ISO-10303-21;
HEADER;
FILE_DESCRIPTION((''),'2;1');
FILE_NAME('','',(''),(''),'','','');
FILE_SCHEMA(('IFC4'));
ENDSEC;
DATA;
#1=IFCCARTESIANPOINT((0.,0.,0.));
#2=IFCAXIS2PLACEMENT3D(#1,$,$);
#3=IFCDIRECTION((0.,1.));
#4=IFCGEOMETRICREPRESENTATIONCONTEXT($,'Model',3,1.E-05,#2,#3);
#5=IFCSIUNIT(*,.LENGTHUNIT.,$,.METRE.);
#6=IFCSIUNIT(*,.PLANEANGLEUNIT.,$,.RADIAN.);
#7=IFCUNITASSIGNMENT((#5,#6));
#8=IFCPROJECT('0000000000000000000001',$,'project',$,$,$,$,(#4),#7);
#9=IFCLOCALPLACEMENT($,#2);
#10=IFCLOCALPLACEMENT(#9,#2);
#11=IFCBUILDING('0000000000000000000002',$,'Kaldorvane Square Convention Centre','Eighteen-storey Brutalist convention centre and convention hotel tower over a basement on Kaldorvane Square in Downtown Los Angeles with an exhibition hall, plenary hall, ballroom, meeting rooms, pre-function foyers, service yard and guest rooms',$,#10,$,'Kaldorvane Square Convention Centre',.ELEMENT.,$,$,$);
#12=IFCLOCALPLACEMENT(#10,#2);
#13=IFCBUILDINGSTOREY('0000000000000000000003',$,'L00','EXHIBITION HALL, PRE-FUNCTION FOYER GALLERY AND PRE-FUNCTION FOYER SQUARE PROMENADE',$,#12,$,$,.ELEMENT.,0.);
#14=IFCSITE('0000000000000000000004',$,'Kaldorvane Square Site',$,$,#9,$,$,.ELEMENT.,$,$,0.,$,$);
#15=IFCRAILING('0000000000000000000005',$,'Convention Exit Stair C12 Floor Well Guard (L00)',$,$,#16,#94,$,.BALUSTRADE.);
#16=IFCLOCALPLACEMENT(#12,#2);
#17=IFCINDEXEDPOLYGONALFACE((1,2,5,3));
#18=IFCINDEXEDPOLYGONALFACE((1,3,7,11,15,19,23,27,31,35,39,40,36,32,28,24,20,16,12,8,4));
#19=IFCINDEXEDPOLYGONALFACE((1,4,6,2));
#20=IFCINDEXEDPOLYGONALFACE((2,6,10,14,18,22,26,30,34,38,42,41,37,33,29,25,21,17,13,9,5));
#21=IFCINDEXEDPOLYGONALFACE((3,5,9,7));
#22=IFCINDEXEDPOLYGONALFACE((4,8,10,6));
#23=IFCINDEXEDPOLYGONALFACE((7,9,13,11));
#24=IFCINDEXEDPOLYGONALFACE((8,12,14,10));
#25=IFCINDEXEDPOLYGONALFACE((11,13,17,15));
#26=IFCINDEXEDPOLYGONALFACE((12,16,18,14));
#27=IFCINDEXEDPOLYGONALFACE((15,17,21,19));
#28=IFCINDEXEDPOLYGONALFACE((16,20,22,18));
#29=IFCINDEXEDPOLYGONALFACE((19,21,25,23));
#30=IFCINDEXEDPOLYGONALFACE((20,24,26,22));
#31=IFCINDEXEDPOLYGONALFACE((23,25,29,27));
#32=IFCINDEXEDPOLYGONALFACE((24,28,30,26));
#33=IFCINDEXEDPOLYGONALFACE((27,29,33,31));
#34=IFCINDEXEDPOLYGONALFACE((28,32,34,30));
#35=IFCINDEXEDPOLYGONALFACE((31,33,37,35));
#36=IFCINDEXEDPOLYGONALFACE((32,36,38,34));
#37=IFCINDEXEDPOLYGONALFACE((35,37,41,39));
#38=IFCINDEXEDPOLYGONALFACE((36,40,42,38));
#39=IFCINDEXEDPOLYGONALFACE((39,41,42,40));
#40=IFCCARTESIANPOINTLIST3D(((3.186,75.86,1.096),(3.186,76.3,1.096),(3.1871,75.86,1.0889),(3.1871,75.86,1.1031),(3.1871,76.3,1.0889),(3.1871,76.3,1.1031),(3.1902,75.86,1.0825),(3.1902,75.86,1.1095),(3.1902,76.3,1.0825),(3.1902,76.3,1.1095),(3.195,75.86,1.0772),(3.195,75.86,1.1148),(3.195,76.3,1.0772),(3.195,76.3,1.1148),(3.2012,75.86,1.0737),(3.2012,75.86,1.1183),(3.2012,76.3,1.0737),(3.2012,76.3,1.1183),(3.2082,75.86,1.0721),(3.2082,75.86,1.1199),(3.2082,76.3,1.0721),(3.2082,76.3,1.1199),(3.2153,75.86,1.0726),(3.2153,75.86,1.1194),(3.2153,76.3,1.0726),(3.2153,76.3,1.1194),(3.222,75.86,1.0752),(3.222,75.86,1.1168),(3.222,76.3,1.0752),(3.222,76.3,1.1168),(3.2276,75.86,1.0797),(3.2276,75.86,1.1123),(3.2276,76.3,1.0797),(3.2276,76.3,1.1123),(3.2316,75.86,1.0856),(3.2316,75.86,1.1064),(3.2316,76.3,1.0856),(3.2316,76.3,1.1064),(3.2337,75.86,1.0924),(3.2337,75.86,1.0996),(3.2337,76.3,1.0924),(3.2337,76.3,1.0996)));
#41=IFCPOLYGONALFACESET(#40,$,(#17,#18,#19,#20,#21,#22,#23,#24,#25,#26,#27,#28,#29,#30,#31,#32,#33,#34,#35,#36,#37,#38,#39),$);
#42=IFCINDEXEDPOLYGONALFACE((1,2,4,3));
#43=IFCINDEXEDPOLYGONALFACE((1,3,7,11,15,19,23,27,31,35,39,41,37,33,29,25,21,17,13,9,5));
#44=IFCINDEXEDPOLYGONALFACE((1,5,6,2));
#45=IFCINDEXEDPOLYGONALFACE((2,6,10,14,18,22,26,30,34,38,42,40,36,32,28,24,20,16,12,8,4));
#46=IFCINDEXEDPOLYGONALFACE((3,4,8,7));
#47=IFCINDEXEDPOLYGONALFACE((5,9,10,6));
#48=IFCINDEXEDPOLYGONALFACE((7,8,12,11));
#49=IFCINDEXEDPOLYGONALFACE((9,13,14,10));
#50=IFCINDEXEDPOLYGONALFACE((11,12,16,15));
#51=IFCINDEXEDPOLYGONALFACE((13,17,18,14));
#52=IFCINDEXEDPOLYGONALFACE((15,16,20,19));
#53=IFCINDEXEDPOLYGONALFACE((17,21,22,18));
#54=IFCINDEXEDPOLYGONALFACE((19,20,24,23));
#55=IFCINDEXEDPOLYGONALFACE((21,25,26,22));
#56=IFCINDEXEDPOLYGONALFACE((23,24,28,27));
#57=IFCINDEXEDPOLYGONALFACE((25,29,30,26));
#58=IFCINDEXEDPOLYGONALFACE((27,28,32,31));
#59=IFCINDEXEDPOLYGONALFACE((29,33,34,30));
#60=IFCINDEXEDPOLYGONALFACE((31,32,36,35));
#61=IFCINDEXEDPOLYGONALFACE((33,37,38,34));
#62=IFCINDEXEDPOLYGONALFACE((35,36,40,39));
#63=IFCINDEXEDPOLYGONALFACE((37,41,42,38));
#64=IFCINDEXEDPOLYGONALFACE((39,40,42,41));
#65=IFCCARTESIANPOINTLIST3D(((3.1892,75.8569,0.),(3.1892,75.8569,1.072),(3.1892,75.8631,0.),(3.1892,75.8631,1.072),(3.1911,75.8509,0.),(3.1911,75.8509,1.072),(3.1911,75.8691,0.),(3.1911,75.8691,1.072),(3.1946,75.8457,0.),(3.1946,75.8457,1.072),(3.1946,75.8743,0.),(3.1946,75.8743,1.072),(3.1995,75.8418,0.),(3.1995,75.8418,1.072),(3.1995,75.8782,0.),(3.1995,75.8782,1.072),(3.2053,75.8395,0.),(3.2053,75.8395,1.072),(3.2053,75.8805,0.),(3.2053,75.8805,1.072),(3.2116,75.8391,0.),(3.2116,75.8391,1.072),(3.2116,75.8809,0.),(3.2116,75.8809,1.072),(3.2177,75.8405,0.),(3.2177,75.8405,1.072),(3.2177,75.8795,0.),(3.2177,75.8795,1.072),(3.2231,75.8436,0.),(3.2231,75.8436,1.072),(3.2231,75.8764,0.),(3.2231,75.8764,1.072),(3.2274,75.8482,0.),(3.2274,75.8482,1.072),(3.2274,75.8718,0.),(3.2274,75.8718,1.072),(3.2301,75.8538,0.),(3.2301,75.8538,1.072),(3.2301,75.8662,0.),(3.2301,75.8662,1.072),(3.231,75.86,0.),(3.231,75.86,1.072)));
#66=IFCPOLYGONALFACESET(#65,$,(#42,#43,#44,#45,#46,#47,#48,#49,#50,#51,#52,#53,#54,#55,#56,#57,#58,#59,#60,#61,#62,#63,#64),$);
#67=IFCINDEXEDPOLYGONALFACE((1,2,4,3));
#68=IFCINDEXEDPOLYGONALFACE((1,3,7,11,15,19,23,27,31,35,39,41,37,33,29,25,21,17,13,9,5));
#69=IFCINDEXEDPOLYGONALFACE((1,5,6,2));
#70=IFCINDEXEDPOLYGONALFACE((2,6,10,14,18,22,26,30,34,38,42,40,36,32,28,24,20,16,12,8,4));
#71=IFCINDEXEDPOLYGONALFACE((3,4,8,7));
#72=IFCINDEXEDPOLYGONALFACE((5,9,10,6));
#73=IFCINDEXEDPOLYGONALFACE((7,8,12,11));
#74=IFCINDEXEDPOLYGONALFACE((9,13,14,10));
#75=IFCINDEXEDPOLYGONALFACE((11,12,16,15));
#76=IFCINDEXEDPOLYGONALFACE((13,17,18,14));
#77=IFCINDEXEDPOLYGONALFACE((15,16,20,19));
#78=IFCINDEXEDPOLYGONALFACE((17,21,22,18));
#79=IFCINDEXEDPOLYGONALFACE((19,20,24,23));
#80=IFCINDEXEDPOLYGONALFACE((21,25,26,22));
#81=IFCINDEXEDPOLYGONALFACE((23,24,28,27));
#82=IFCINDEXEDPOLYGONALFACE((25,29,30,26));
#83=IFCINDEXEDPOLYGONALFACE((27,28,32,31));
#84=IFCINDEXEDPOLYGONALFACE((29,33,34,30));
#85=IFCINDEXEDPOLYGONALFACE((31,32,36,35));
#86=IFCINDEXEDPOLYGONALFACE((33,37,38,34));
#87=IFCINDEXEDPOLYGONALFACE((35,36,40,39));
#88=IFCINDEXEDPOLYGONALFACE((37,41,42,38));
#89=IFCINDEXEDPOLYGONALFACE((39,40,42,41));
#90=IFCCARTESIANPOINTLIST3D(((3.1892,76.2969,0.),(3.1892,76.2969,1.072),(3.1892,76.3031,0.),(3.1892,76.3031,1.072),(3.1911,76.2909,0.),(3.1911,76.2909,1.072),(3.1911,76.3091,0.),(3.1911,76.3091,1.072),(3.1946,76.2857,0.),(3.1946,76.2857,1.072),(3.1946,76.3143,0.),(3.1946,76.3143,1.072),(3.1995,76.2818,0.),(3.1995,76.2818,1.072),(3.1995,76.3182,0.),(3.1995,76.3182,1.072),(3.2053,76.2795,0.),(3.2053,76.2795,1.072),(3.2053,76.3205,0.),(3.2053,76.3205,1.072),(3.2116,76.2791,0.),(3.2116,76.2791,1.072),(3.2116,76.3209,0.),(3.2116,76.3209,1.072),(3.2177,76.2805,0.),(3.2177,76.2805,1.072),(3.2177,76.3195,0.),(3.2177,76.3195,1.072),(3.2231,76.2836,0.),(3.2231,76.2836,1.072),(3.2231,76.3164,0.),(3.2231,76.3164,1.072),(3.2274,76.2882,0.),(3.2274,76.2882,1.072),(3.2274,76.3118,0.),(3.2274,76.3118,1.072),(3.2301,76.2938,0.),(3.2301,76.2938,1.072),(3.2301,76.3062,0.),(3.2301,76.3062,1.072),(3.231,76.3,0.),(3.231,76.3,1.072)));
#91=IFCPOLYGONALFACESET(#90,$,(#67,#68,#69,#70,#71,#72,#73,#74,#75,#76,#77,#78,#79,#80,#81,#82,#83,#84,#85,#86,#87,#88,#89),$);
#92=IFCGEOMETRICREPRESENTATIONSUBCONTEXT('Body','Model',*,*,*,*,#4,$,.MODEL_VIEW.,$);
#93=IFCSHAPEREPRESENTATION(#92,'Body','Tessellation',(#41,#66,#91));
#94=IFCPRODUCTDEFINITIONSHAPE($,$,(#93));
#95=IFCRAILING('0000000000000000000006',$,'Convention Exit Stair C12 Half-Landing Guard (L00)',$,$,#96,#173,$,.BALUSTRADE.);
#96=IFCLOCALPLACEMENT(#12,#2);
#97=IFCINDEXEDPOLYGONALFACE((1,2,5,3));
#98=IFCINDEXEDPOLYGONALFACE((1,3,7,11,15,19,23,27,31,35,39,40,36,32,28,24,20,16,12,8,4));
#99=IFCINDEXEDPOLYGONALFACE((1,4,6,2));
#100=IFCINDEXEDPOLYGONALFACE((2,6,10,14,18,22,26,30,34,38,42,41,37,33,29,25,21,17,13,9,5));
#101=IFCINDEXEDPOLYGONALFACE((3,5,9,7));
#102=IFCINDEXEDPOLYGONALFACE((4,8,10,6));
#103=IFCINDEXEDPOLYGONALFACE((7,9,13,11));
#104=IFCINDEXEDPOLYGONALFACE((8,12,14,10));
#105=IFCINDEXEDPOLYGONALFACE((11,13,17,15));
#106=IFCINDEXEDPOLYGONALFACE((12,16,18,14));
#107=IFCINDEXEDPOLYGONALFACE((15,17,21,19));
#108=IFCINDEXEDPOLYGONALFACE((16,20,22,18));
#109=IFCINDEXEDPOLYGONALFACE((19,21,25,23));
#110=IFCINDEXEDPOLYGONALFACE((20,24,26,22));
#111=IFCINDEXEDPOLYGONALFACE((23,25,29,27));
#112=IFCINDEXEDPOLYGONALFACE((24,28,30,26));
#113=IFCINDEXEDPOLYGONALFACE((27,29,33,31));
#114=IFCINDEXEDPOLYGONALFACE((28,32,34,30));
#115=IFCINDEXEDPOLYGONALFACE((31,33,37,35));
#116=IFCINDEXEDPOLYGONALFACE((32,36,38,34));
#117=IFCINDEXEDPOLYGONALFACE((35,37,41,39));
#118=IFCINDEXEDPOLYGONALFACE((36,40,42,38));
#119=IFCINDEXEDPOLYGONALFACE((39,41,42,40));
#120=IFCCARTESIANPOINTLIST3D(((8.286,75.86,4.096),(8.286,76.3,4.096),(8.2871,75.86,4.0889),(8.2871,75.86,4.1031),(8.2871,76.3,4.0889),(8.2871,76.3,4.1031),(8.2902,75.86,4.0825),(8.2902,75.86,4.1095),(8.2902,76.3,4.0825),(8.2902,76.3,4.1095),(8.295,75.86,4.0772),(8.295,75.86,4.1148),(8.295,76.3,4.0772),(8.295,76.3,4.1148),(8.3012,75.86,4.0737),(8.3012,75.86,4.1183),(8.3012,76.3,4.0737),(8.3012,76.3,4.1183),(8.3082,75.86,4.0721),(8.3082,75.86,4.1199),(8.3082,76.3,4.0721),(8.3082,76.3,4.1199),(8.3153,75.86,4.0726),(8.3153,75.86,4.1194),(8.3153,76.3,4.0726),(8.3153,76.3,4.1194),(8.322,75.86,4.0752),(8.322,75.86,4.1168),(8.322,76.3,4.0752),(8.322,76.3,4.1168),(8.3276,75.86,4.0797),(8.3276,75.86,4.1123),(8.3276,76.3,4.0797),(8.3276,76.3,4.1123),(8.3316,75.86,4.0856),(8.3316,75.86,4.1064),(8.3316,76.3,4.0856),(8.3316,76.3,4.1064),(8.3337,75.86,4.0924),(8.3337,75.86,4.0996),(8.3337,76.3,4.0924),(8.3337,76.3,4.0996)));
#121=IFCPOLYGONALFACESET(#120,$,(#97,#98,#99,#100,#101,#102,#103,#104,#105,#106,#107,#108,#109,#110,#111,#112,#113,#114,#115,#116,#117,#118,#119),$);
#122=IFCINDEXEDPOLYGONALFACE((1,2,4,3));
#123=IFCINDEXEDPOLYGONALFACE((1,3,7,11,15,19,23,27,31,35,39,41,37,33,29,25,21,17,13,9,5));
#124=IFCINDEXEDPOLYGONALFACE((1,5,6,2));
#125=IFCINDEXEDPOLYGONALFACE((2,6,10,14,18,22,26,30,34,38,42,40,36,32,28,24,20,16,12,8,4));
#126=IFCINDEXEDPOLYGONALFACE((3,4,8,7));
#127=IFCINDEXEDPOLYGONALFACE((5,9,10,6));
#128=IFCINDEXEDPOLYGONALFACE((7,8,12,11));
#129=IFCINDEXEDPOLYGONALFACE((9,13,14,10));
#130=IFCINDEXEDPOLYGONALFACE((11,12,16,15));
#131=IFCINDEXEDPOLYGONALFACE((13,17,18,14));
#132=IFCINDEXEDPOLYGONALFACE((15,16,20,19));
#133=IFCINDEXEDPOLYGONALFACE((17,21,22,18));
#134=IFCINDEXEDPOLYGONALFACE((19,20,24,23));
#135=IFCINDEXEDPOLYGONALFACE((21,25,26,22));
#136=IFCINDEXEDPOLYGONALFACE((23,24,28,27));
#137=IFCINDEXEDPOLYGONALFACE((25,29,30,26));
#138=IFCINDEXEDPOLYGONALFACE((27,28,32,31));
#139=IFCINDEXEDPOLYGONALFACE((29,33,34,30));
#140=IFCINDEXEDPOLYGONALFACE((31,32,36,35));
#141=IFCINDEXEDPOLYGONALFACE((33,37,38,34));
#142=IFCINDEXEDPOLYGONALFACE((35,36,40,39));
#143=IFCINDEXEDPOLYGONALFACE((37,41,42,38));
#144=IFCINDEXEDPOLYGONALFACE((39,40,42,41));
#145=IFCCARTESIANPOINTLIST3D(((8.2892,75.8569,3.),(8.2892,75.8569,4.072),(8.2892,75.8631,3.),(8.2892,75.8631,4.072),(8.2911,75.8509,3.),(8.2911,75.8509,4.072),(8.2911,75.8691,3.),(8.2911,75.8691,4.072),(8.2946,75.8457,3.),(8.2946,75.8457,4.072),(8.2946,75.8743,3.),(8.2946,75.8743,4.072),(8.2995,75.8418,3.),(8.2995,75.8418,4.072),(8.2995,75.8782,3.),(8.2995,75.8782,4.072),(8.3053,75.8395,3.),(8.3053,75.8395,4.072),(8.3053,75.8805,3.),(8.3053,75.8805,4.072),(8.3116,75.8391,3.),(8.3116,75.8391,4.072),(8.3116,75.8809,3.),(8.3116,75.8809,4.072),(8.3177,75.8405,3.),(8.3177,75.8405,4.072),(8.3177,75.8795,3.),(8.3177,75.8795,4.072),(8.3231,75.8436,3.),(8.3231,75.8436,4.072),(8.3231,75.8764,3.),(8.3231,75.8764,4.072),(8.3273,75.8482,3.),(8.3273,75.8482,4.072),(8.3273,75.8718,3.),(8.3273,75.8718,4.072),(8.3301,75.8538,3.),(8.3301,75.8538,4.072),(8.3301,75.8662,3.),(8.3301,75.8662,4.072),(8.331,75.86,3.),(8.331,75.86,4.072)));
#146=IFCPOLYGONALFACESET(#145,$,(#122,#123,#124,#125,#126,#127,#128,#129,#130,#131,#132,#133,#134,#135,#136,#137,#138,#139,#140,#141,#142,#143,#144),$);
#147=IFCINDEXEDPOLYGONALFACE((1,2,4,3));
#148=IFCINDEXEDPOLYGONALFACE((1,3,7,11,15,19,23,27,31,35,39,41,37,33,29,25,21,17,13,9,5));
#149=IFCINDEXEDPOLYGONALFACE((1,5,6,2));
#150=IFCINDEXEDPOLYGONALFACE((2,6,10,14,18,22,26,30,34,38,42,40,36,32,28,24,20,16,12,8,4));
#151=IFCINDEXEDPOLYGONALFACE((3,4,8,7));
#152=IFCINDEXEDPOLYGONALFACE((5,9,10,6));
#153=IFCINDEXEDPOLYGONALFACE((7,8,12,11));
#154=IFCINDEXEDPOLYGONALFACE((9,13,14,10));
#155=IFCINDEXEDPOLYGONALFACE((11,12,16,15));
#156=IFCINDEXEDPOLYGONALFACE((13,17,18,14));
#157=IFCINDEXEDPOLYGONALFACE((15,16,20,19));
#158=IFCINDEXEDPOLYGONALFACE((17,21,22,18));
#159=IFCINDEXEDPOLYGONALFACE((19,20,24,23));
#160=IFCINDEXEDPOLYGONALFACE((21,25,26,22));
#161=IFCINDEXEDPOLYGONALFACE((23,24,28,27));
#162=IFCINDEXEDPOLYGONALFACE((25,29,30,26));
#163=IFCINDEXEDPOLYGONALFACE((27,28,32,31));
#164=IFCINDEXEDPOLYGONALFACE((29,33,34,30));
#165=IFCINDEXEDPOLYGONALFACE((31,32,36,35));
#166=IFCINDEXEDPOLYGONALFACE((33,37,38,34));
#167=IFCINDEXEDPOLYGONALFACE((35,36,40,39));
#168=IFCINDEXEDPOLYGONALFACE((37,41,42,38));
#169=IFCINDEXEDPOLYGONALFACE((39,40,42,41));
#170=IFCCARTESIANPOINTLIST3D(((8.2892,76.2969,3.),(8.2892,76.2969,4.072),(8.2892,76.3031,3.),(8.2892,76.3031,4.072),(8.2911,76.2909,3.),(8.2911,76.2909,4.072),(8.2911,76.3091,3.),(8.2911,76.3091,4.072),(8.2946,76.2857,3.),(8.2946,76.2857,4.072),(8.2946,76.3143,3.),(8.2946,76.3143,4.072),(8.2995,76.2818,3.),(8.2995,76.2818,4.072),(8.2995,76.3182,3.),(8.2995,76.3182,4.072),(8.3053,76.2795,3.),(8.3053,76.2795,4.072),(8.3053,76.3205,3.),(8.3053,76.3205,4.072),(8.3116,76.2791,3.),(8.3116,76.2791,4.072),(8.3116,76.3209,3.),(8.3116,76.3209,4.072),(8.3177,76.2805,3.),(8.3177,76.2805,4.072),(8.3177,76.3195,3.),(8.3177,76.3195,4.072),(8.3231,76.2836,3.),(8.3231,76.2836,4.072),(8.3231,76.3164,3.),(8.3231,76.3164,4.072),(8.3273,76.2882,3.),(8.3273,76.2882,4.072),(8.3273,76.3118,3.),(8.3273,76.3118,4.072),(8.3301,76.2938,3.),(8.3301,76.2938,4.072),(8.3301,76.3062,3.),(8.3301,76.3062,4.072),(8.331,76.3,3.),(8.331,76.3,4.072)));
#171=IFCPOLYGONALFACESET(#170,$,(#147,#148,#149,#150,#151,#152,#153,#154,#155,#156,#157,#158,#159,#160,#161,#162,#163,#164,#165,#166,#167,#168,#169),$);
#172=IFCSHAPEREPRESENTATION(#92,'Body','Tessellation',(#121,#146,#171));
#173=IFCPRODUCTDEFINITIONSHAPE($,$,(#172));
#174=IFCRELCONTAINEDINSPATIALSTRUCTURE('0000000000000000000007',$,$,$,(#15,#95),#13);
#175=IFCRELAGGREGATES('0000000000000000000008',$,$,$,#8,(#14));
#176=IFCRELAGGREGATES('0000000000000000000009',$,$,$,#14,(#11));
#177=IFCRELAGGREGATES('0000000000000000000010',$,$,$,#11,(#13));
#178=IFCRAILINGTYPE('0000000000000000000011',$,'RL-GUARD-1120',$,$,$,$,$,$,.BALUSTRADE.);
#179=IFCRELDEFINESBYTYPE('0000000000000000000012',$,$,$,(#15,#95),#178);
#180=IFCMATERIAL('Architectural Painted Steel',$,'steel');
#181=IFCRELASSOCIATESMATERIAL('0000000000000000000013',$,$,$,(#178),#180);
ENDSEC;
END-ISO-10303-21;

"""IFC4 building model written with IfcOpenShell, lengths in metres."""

from ifc_helpers import new_model, si_unit, direction, frame, origin, origin_2d, place, context, subcontext, project, spatial, circle, extrude, material, type_object, element, save


model = new_model("IFC4")

# Units and contexts
model_context = context("Model", 3, precision=1e-05, world=origin(), true_north=direction((0.0, 1.0)))
body_context = subcontext(model_context, "Body", "Model", "MODEL_VIEW")
ifc_project = project(units=[si_unit("LENGTHUNIT", "METRE"), si_unit("PLANEANGLEUNIT", "RADIAN")], contexts=[model_context])

# Site, building, storey
site_placement = place(None, origin())
site = spatial("IfcSite", under=ifc_project, at=site_placement, Name="Kaldorvane Square Site", CompositionType="ELEMENT", RefElevation=0.0)
building_placement = place(site_placement, origin())
building = spatial("IfcBuilding", under=site, at=building_placement, Name="Kaldorvane Square Convention Centre", Description="Eighteen-storey Brutalist convention centre and convention hotel tower over a basement on Kaldorvane Square in Downtown Los Angeles with an exhibition hall, plenary hall, ballroom, meeting rooms, pre-function foyers, service yard and guest rooms", LongName="Kaldorvane Square Convention Centre", CompositionType="ELEMENT")
storey_placement = place(building_placement, origin())
storey = spatial("IfcBuildingStorey", under=building, at=storey_placement, Name="L00", Description="EXHIBITION HALL, PRE-FUNCTION FOYER GALLERY AND PRE-FUNCTION FOYER SQUARE PROMENADE", CompositionType="ELEMENT", Elevation=0.0)

# Railings
ifc_material_1 = material(Name="Architectural Painted Steel", Category="steel")
railing_type_1 = type_object("IfcRailingType", Name="RL-GUARD-1120", PredefinedType="BALUSTRADE", material=ifc_material_1)
for number, where, name in (
    (1, (3.21, 75.86, 0.0), "Convention Exit Stair C12 Floor Well Guard (L00)"),
    (2, (8.31, 75.86, 3.0), "Convention Exit Stair C12 Half-Landing Guard (L00)"),
):
    element("IfcRailing", number, at=place(storey_placement, frame(where)), inside=storey, type_object=railing_type_1, Name=name, PredefinedType="BALUSTRADE", context=body_context, shape_type="SweptSolid", body=[
        extrude(circle(Radius=0.024, at=origin_2d()), frame((0.0, 0.0, 1.096), z_axis=(0.0, 1.0, 0.0), x_axis=(-1.0, 0.0, 0.0)), (0.0, 0.0, 1.0), 0.44),
        extrude(circle(Radius=0.021, at=origin_2d()), origin(), (0.0, 0.0, 1.0), 1.072),
        extrude(circle(Radius=0.021, at=origin_2d()), frame((0.0, 0.44, 0.0)), (0.0, 0.0, 1.0), 1.072),
    ])

save(model, "model.ifc")
